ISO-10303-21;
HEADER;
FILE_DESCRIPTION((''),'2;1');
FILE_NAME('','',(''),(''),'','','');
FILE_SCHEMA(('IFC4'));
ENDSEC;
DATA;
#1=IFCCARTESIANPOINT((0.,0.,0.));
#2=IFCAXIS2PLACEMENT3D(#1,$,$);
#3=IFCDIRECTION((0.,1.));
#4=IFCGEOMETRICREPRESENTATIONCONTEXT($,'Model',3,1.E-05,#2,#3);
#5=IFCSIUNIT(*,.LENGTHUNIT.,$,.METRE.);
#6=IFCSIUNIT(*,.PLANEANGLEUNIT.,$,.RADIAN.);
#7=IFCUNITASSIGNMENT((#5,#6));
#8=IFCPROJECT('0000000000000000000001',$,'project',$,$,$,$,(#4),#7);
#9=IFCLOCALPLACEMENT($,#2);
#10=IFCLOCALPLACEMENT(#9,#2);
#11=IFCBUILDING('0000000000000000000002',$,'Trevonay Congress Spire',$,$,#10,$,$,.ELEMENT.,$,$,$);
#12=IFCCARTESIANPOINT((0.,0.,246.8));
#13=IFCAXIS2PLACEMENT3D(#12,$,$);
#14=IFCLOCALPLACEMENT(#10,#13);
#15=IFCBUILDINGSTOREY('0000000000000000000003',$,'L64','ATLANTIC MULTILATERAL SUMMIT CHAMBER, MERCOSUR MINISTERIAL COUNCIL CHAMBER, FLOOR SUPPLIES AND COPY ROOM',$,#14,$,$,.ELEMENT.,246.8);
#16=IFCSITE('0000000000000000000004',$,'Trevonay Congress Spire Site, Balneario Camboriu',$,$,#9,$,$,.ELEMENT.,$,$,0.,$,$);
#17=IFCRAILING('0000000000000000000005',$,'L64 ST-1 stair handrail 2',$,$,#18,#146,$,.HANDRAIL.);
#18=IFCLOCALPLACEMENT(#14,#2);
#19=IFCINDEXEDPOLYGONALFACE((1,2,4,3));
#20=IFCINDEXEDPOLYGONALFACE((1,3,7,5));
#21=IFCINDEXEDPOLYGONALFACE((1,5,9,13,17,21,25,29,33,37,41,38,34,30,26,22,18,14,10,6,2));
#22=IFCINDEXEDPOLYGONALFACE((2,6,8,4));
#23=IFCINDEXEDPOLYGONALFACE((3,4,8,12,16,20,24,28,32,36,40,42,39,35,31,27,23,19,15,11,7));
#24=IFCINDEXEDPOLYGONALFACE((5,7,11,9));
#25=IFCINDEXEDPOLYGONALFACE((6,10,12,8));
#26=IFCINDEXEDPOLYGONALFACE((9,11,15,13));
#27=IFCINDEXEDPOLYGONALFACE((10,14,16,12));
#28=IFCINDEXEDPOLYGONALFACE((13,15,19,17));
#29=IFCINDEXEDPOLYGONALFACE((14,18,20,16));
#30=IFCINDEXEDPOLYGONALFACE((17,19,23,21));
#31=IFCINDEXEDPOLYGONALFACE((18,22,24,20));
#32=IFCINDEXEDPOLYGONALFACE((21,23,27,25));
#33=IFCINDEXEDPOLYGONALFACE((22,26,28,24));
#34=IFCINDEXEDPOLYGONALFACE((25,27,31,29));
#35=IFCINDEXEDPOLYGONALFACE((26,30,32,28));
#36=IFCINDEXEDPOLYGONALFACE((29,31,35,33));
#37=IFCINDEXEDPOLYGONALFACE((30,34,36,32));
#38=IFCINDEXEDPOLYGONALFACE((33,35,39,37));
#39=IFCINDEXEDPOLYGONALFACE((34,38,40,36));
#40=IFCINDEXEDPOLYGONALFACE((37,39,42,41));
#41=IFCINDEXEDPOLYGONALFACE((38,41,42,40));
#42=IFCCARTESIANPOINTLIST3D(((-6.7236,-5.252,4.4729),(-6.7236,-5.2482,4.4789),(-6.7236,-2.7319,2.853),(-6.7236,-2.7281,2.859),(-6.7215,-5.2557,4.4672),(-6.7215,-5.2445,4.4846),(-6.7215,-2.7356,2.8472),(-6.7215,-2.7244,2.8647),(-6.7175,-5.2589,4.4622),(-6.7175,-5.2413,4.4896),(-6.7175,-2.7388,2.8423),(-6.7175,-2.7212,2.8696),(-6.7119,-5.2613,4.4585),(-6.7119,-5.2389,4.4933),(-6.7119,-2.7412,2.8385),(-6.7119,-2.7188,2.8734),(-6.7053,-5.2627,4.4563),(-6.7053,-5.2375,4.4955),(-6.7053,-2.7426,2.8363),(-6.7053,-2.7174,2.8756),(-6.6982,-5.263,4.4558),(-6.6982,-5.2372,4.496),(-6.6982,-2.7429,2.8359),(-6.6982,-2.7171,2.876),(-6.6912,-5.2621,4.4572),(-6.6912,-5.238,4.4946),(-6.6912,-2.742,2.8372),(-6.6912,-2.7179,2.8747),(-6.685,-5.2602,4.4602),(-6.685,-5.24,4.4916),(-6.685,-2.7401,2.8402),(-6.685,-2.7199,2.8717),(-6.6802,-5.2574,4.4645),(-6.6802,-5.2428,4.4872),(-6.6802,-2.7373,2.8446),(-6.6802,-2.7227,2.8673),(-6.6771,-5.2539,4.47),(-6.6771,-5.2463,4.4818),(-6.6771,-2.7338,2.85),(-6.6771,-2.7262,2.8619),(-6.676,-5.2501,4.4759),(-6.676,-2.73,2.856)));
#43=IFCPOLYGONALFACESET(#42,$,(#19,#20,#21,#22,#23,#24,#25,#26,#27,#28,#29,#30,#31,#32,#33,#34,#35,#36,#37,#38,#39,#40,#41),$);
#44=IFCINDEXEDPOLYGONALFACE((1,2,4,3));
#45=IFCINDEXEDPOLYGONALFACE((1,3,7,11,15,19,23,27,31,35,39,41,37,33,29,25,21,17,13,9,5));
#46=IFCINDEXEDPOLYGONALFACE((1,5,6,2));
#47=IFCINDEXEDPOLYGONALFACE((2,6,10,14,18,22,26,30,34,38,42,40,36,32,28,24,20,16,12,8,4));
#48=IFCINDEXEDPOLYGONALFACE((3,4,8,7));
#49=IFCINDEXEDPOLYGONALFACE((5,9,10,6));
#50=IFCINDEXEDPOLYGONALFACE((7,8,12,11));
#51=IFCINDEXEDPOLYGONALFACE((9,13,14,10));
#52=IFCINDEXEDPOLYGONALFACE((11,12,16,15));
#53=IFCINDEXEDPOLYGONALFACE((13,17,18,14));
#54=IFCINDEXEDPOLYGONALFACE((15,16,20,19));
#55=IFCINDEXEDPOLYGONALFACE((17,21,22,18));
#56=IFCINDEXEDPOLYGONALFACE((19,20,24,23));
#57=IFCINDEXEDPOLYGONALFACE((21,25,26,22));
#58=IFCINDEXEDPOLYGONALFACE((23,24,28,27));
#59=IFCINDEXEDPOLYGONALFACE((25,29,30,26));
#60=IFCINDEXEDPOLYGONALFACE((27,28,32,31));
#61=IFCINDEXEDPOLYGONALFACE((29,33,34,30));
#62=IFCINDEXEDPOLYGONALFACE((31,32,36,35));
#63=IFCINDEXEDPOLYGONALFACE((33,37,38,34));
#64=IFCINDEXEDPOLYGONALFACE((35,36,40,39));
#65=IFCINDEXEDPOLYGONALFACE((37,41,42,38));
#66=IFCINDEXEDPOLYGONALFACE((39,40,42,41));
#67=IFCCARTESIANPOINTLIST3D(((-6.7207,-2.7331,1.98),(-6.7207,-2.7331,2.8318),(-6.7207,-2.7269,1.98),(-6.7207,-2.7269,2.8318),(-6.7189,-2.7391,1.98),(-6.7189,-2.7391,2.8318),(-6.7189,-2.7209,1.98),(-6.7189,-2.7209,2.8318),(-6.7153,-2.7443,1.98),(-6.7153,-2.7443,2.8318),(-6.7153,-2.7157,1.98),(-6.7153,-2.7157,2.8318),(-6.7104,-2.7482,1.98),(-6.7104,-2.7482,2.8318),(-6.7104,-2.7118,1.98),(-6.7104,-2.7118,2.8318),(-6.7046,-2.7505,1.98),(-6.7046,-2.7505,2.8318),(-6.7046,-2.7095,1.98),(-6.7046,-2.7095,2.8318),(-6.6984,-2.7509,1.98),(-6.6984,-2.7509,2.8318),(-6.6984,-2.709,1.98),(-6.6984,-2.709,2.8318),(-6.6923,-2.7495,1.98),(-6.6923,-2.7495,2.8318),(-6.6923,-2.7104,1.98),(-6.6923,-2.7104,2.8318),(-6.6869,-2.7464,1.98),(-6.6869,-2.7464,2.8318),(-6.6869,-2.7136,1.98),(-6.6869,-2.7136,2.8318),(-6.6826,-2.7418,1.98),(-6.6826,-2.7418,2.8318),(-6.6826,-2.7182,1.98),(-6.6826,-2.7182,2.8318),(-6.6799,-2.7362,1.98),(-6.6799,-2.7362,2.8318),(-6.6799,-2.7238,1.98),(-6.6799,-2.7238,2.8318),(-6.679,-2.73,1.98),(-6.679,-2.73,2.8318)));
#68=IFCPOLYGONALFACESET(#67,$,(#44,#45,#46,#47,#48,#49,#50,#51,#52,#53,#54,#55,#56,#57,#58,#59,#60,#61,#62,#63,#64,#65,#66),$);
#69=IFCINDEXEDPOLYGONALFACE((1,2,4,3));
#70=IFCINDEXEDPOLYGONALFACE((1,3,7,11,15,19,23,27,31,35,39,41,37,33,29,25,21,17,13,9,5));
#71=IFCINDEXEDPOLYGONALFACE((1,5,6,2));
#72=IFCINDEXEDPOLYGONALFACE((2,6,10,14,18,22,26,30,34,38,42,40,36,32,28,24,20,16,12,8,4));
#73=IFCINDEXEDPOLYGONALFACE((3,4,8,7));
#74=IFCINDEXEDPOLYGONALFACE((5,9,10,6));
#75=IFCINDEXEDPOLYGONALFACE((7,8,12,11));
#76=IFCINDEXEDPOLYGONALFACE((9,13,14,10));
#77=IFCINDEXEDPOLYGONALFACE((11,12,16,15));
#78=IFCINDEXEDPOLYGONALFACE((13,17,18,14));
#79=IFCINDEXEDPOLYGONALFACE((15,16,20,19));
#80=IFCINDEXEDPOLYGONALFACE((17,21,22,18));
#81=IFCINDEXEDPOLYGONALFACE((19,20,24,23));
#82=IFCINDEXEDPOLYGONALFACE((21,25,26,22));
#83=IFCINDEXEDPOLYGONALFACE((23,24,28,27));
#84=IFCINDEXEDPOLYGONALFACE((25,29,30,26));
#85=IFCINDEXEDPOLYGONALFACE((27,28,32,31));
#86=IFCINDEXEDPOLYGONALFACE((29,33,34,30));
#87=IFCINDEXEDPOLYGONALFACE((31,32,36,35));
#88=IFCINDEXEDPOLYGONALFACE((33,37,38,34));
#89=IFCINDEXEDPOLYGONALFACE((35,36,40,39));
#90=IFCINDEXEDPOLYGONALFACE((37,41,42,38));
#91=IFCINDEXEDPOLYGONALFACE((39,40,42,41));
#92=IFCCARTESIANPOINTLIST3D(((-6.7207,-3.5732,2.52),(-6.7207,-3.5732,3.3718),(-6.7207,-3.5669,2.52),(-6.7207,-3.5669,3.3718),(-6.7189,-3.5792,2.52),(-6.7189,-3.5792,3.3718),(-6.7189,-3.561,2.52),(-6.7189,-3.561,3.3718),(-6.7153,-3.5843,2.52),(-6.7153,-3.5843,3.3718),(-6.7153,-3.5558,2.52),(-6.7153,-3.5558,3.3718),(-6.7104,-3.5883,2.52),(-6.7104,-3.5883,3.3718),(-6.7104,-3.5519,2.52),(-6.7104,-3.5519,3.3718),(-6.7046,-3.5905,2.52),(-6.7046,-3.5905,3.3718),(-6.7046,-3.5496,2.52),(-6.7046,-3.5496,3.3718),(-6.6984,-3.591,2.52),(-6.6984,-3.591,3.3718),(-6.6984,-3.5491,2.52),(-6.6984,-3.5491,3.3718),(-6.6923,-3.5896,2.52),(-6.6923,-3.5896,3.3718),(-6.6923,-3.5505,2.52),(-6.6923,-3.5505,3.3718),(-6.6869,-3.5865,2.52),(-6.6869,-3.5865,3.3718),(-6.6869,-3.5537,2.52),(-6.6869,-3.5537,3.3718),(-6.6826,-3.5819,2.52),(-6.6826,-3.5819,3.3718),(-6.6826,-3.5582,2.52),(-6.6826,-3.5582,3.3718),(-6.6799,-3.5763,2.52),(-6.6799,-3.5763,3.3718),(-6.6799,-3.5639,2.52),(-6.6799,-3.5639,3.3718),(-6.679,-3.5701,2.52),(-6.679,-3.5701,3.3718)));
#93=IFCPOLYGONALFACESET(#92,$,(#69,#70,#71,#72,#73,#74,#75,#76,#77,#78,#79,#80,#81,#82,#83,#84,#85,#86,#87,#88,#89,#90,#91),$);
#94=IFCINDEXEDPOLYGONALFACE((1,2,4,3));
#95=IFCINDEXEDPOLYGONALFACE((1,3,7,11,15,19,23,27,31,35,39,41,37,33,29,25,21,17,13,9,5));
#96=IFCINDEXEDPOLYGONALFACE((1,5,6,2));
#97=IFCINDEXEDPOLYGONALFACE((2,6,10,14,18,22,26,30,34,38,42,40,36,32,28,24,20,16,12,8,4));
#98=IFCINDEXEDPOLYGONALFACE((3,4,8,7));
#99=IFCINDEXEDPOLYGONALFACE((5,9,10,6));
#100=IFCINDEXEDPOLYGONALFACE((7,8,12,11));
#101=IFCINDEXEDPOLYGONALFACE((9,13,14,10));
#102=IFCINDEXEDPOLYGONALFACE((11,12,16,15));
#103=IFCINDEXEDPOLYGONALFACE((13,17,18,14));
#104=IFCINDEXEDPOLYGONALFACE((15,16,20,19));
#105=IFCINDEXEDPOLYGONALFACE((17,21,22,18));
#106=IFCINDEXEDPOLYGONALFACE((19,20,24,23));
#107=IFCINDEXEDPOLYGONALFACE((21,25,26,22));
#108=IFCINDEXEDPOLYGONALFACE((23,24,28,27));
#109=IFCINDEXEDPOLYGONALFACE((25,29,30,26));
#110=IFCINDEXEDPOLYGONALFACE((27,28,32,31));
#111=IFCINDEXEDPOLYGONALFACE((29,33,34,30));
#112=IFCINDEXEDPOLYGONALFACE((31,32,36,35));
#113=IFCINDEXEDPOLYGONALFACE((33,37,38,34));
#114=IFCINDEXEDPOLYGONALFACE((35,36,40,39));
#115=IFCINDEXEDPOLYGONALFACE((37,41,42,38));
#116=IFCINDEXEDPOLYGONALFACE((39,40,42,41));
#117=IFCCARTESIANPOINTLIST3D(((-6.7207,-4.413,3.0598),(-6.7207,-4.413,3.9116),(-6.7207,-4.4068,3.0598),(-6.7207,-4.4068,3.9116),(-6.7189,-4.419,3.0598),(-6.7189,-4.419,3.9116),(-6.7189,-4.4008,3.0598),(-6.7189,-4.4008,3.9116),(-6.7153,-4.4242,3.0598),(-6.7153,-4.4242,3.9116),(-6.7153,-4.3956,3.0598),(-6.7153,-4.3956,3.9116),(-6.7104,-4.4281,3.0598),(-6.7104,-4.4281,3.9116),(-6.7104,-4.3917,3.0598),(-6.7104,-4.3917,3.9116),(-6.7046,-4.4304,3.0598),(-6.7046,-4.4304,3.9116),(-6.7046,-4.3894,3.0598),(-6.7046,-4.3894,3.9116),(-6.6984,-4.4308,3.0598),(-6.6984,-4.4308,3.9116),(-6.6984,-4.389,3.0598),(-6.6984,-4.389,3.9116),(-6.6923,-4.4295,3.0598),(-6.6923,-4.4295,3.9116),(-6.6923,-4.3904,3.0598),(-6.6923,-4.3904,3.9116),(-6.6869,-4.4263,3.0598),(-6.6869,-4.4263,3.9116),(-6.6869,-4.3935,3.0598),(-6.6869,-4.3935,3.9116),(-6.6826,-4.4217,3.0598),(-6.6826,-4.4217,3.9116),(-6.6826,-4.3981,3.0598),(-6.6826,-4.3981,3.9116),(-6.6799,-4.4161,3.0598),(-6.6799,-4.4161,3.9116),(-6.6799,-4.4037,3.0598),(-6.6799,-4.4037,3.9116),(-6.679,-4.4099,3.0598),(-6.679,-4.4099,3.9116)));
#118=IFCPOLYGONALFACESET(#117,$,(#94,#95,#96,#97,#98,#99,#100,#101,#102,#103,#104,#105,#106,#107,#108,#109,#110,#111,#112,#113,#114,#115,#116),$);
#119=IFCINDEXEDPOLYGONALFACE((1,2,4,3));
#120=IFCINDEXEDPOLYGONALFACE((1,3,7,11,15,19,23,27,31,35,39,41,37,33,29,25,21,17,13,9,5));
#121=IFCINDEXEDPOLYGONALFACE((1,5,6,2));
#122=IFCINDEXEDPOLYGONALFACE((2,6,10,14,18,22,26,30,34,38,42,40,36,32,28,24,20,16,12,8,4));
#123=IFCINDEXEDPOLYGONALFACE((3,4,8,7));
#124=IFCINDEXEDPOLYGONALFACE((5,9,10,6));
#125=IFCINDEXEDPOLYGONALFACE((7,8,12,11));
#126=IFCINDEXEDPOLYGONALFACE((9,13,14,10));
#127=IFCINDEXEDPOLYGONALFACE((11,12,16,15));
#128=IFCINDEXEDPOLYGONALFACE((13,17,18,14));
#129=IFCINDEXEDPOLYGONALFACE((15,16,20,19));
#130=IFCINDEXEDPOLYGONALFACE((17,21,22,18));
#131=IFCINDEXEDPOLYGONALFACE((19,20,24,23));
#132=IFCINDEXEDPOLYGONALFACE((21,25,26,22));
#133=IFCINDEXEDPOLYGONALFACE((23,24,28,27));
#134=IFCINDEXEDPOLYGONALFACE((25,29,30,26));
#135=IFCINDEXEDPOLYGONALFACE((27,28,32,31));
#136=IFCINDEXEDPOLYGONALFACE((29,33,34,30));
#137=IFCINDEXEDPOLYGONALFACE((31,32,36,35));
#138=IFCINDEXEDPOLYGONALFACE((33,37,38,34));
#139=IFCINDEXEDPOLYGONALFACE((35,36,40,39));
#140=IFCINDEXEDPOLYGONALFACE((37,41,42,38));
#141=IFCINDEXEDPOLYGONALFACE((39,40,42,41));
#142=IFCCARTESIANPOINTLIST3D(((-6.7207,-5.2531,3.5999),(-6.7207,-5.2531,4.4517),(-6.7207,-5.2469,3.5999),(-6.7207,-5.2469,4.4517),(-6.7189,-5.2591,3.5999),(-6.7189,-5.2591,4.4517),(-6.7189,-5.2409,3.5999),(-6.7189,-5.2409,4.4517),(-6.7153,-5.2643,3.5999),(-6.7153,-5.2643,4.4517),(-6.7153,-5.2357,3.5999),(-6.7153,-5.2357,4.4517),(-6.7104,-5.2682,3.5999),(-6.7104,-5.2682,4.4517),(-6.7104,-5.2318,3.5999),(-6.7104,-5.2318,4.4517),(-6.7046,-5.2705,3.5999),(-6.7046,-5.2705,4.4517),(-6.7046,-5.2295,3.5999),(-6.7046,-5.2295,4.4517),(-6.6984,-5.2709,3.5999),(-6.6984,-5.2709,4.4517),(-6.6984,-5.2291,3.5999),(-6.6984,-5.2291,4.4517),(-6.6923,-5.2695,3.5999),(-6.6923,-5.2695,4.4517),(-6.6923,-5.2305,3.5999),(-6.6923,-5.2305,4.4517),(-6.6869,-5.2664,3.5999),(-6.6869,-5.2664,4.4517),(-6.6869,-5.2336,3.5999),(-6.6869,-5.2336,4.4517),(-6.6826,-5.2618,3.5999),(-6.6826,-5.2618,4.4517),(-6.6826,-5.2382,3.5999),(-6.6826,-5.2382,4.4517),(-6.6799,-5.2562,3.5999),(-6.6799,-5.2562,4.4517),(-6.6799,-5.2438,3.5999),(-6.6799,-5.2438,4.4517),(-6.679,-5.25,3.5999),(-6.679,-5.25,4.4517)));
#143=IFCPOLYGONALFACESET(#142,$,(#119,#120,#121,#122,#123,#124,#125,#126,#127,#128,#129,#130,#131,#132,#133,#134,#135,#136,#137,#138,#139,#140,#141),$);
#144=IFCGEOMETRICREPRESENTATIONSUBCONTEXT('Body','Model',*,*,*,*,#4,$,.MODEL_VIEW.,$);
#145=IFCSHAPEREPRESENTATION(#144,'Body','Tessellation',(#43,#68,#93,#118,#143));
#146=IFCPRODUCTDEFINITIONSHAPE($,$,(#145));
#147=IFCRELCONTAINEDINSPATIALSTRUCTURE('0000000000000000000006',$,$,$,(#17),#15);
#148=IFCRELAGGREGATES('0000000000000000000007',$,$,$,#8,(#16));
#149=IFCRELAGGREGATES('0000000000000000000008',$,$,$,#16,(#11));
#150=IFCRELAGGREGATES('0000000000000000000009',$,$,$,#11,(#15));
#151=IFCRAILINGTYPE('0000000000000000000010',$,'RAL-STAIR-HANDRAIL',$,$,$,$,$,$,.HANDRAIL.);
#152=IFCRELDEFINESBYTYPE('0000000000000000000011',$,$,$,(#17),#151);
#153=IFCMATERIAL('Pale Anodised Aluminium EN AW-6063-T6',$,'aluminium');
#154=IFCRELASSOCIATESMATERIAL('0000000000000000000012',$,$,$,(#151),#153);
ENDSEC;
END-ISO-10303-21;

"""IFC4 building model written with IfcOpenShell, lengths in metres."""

from ifc_helpers import new_model, si_unit, direction, frame, origin, origin_2d, place, context, subcontext, project, spatial, circle, extrude, material, type_object, element, save


model = new_model("IFC4")

# Units and contexts
model_context = context("Model", 3, precision=1e-05, world=origin(), true_north=direction((0.0, 1.0)))
body_context = subcontext(model_context, "Body", "Model", "MODEL_VIEW")
ifc_project = project(units=[si_unit("LENGTHUNIT", "METRE"), si_unit("PLANEANGLEUNIT", "RADIAN")], contexts=[model_context])

# Site, building, storey
site_placement = place(None, origin())
site = spatial("IfcSite", under=ifc_project, at=site_placement, Name="Trevonay Congress Spire Site, Balneario Camboriu", CompositionType="ELEMENT", RefElevation=0.0)
building_placement = place(site_placement, origin())
building = spatial("IfcBuilding", under=site, at=building_placement, Name="Trevonay Congress Spire", CompositionType="ELEMENT")
storey_placement = place(building_placement, frame((0.0, 0.0, 246.8)))
storey = spatial("IfcBuildingStorey", under=building, at=storey_placement, Name="L64", Description="ATLANTIC MULTILATERAL SUMMIT CHAMBER, MERCOSUR MINISTERIAL COUNCIL CHAMBER, FLOOR SUPPLIES AND COPY ROOM", CompositionType="ELEMENT", Elevation=246.8)

# Railing
ifc_material_1 = material(Name="Pale Anodised Aluminium EN AW-6063-T6", Category="aluminium")
railing_type_1 = type_object("IfcRailingType", Name="RAL-STAIR-HANDRAIL", PredefinedType="HANDRAIL", material=ifc_material_1)
railing_1_placement = place(storey_placement, frame((-6.7, -2.73, 1.98)))
element("IfcRailing", 1, at=railing_1_placement, inside=storey, type_object=railing_type_1, Name="L64 ST-1 stair handrail 2", PredefinedType="HANDRAIL", context=body_context, shape_type="SweptSolid", body=[
    extrude(circle(Radius=0.0239, at=origin_2d()), frame((0.0, 0.0, 0.876), z_axis=(0.0, -0.8412, 0.540725), x_axis=(1.0, 0.0, 0.0)), (0.0, 0.0, 1.0), 2.9958),
    extrude(circle(Radius=0.021, at=origin_2d()), origin(), (0.0, 0.0, 1.0), 0.8518),
    extrude(circle(Radius=0.021, at=origin_2d()), frame((0.0, -0.8401, 0.54)), (0.0, 0.0, 1.0), 0.8518),
    extrude(circle(Radius=0.021, at=origin_2d()), frame((0.0, -1.6799, 1.0798)), (0.0, 0.0, 1.0), 0.8518),
    extrude(circle(Radius=0.021, at=origin_2d()), frame((0.0, -2.52, 1.6199)), (0.0, 0.0, 1.0), 0.8518),
])

save(model, "model.ifc")
